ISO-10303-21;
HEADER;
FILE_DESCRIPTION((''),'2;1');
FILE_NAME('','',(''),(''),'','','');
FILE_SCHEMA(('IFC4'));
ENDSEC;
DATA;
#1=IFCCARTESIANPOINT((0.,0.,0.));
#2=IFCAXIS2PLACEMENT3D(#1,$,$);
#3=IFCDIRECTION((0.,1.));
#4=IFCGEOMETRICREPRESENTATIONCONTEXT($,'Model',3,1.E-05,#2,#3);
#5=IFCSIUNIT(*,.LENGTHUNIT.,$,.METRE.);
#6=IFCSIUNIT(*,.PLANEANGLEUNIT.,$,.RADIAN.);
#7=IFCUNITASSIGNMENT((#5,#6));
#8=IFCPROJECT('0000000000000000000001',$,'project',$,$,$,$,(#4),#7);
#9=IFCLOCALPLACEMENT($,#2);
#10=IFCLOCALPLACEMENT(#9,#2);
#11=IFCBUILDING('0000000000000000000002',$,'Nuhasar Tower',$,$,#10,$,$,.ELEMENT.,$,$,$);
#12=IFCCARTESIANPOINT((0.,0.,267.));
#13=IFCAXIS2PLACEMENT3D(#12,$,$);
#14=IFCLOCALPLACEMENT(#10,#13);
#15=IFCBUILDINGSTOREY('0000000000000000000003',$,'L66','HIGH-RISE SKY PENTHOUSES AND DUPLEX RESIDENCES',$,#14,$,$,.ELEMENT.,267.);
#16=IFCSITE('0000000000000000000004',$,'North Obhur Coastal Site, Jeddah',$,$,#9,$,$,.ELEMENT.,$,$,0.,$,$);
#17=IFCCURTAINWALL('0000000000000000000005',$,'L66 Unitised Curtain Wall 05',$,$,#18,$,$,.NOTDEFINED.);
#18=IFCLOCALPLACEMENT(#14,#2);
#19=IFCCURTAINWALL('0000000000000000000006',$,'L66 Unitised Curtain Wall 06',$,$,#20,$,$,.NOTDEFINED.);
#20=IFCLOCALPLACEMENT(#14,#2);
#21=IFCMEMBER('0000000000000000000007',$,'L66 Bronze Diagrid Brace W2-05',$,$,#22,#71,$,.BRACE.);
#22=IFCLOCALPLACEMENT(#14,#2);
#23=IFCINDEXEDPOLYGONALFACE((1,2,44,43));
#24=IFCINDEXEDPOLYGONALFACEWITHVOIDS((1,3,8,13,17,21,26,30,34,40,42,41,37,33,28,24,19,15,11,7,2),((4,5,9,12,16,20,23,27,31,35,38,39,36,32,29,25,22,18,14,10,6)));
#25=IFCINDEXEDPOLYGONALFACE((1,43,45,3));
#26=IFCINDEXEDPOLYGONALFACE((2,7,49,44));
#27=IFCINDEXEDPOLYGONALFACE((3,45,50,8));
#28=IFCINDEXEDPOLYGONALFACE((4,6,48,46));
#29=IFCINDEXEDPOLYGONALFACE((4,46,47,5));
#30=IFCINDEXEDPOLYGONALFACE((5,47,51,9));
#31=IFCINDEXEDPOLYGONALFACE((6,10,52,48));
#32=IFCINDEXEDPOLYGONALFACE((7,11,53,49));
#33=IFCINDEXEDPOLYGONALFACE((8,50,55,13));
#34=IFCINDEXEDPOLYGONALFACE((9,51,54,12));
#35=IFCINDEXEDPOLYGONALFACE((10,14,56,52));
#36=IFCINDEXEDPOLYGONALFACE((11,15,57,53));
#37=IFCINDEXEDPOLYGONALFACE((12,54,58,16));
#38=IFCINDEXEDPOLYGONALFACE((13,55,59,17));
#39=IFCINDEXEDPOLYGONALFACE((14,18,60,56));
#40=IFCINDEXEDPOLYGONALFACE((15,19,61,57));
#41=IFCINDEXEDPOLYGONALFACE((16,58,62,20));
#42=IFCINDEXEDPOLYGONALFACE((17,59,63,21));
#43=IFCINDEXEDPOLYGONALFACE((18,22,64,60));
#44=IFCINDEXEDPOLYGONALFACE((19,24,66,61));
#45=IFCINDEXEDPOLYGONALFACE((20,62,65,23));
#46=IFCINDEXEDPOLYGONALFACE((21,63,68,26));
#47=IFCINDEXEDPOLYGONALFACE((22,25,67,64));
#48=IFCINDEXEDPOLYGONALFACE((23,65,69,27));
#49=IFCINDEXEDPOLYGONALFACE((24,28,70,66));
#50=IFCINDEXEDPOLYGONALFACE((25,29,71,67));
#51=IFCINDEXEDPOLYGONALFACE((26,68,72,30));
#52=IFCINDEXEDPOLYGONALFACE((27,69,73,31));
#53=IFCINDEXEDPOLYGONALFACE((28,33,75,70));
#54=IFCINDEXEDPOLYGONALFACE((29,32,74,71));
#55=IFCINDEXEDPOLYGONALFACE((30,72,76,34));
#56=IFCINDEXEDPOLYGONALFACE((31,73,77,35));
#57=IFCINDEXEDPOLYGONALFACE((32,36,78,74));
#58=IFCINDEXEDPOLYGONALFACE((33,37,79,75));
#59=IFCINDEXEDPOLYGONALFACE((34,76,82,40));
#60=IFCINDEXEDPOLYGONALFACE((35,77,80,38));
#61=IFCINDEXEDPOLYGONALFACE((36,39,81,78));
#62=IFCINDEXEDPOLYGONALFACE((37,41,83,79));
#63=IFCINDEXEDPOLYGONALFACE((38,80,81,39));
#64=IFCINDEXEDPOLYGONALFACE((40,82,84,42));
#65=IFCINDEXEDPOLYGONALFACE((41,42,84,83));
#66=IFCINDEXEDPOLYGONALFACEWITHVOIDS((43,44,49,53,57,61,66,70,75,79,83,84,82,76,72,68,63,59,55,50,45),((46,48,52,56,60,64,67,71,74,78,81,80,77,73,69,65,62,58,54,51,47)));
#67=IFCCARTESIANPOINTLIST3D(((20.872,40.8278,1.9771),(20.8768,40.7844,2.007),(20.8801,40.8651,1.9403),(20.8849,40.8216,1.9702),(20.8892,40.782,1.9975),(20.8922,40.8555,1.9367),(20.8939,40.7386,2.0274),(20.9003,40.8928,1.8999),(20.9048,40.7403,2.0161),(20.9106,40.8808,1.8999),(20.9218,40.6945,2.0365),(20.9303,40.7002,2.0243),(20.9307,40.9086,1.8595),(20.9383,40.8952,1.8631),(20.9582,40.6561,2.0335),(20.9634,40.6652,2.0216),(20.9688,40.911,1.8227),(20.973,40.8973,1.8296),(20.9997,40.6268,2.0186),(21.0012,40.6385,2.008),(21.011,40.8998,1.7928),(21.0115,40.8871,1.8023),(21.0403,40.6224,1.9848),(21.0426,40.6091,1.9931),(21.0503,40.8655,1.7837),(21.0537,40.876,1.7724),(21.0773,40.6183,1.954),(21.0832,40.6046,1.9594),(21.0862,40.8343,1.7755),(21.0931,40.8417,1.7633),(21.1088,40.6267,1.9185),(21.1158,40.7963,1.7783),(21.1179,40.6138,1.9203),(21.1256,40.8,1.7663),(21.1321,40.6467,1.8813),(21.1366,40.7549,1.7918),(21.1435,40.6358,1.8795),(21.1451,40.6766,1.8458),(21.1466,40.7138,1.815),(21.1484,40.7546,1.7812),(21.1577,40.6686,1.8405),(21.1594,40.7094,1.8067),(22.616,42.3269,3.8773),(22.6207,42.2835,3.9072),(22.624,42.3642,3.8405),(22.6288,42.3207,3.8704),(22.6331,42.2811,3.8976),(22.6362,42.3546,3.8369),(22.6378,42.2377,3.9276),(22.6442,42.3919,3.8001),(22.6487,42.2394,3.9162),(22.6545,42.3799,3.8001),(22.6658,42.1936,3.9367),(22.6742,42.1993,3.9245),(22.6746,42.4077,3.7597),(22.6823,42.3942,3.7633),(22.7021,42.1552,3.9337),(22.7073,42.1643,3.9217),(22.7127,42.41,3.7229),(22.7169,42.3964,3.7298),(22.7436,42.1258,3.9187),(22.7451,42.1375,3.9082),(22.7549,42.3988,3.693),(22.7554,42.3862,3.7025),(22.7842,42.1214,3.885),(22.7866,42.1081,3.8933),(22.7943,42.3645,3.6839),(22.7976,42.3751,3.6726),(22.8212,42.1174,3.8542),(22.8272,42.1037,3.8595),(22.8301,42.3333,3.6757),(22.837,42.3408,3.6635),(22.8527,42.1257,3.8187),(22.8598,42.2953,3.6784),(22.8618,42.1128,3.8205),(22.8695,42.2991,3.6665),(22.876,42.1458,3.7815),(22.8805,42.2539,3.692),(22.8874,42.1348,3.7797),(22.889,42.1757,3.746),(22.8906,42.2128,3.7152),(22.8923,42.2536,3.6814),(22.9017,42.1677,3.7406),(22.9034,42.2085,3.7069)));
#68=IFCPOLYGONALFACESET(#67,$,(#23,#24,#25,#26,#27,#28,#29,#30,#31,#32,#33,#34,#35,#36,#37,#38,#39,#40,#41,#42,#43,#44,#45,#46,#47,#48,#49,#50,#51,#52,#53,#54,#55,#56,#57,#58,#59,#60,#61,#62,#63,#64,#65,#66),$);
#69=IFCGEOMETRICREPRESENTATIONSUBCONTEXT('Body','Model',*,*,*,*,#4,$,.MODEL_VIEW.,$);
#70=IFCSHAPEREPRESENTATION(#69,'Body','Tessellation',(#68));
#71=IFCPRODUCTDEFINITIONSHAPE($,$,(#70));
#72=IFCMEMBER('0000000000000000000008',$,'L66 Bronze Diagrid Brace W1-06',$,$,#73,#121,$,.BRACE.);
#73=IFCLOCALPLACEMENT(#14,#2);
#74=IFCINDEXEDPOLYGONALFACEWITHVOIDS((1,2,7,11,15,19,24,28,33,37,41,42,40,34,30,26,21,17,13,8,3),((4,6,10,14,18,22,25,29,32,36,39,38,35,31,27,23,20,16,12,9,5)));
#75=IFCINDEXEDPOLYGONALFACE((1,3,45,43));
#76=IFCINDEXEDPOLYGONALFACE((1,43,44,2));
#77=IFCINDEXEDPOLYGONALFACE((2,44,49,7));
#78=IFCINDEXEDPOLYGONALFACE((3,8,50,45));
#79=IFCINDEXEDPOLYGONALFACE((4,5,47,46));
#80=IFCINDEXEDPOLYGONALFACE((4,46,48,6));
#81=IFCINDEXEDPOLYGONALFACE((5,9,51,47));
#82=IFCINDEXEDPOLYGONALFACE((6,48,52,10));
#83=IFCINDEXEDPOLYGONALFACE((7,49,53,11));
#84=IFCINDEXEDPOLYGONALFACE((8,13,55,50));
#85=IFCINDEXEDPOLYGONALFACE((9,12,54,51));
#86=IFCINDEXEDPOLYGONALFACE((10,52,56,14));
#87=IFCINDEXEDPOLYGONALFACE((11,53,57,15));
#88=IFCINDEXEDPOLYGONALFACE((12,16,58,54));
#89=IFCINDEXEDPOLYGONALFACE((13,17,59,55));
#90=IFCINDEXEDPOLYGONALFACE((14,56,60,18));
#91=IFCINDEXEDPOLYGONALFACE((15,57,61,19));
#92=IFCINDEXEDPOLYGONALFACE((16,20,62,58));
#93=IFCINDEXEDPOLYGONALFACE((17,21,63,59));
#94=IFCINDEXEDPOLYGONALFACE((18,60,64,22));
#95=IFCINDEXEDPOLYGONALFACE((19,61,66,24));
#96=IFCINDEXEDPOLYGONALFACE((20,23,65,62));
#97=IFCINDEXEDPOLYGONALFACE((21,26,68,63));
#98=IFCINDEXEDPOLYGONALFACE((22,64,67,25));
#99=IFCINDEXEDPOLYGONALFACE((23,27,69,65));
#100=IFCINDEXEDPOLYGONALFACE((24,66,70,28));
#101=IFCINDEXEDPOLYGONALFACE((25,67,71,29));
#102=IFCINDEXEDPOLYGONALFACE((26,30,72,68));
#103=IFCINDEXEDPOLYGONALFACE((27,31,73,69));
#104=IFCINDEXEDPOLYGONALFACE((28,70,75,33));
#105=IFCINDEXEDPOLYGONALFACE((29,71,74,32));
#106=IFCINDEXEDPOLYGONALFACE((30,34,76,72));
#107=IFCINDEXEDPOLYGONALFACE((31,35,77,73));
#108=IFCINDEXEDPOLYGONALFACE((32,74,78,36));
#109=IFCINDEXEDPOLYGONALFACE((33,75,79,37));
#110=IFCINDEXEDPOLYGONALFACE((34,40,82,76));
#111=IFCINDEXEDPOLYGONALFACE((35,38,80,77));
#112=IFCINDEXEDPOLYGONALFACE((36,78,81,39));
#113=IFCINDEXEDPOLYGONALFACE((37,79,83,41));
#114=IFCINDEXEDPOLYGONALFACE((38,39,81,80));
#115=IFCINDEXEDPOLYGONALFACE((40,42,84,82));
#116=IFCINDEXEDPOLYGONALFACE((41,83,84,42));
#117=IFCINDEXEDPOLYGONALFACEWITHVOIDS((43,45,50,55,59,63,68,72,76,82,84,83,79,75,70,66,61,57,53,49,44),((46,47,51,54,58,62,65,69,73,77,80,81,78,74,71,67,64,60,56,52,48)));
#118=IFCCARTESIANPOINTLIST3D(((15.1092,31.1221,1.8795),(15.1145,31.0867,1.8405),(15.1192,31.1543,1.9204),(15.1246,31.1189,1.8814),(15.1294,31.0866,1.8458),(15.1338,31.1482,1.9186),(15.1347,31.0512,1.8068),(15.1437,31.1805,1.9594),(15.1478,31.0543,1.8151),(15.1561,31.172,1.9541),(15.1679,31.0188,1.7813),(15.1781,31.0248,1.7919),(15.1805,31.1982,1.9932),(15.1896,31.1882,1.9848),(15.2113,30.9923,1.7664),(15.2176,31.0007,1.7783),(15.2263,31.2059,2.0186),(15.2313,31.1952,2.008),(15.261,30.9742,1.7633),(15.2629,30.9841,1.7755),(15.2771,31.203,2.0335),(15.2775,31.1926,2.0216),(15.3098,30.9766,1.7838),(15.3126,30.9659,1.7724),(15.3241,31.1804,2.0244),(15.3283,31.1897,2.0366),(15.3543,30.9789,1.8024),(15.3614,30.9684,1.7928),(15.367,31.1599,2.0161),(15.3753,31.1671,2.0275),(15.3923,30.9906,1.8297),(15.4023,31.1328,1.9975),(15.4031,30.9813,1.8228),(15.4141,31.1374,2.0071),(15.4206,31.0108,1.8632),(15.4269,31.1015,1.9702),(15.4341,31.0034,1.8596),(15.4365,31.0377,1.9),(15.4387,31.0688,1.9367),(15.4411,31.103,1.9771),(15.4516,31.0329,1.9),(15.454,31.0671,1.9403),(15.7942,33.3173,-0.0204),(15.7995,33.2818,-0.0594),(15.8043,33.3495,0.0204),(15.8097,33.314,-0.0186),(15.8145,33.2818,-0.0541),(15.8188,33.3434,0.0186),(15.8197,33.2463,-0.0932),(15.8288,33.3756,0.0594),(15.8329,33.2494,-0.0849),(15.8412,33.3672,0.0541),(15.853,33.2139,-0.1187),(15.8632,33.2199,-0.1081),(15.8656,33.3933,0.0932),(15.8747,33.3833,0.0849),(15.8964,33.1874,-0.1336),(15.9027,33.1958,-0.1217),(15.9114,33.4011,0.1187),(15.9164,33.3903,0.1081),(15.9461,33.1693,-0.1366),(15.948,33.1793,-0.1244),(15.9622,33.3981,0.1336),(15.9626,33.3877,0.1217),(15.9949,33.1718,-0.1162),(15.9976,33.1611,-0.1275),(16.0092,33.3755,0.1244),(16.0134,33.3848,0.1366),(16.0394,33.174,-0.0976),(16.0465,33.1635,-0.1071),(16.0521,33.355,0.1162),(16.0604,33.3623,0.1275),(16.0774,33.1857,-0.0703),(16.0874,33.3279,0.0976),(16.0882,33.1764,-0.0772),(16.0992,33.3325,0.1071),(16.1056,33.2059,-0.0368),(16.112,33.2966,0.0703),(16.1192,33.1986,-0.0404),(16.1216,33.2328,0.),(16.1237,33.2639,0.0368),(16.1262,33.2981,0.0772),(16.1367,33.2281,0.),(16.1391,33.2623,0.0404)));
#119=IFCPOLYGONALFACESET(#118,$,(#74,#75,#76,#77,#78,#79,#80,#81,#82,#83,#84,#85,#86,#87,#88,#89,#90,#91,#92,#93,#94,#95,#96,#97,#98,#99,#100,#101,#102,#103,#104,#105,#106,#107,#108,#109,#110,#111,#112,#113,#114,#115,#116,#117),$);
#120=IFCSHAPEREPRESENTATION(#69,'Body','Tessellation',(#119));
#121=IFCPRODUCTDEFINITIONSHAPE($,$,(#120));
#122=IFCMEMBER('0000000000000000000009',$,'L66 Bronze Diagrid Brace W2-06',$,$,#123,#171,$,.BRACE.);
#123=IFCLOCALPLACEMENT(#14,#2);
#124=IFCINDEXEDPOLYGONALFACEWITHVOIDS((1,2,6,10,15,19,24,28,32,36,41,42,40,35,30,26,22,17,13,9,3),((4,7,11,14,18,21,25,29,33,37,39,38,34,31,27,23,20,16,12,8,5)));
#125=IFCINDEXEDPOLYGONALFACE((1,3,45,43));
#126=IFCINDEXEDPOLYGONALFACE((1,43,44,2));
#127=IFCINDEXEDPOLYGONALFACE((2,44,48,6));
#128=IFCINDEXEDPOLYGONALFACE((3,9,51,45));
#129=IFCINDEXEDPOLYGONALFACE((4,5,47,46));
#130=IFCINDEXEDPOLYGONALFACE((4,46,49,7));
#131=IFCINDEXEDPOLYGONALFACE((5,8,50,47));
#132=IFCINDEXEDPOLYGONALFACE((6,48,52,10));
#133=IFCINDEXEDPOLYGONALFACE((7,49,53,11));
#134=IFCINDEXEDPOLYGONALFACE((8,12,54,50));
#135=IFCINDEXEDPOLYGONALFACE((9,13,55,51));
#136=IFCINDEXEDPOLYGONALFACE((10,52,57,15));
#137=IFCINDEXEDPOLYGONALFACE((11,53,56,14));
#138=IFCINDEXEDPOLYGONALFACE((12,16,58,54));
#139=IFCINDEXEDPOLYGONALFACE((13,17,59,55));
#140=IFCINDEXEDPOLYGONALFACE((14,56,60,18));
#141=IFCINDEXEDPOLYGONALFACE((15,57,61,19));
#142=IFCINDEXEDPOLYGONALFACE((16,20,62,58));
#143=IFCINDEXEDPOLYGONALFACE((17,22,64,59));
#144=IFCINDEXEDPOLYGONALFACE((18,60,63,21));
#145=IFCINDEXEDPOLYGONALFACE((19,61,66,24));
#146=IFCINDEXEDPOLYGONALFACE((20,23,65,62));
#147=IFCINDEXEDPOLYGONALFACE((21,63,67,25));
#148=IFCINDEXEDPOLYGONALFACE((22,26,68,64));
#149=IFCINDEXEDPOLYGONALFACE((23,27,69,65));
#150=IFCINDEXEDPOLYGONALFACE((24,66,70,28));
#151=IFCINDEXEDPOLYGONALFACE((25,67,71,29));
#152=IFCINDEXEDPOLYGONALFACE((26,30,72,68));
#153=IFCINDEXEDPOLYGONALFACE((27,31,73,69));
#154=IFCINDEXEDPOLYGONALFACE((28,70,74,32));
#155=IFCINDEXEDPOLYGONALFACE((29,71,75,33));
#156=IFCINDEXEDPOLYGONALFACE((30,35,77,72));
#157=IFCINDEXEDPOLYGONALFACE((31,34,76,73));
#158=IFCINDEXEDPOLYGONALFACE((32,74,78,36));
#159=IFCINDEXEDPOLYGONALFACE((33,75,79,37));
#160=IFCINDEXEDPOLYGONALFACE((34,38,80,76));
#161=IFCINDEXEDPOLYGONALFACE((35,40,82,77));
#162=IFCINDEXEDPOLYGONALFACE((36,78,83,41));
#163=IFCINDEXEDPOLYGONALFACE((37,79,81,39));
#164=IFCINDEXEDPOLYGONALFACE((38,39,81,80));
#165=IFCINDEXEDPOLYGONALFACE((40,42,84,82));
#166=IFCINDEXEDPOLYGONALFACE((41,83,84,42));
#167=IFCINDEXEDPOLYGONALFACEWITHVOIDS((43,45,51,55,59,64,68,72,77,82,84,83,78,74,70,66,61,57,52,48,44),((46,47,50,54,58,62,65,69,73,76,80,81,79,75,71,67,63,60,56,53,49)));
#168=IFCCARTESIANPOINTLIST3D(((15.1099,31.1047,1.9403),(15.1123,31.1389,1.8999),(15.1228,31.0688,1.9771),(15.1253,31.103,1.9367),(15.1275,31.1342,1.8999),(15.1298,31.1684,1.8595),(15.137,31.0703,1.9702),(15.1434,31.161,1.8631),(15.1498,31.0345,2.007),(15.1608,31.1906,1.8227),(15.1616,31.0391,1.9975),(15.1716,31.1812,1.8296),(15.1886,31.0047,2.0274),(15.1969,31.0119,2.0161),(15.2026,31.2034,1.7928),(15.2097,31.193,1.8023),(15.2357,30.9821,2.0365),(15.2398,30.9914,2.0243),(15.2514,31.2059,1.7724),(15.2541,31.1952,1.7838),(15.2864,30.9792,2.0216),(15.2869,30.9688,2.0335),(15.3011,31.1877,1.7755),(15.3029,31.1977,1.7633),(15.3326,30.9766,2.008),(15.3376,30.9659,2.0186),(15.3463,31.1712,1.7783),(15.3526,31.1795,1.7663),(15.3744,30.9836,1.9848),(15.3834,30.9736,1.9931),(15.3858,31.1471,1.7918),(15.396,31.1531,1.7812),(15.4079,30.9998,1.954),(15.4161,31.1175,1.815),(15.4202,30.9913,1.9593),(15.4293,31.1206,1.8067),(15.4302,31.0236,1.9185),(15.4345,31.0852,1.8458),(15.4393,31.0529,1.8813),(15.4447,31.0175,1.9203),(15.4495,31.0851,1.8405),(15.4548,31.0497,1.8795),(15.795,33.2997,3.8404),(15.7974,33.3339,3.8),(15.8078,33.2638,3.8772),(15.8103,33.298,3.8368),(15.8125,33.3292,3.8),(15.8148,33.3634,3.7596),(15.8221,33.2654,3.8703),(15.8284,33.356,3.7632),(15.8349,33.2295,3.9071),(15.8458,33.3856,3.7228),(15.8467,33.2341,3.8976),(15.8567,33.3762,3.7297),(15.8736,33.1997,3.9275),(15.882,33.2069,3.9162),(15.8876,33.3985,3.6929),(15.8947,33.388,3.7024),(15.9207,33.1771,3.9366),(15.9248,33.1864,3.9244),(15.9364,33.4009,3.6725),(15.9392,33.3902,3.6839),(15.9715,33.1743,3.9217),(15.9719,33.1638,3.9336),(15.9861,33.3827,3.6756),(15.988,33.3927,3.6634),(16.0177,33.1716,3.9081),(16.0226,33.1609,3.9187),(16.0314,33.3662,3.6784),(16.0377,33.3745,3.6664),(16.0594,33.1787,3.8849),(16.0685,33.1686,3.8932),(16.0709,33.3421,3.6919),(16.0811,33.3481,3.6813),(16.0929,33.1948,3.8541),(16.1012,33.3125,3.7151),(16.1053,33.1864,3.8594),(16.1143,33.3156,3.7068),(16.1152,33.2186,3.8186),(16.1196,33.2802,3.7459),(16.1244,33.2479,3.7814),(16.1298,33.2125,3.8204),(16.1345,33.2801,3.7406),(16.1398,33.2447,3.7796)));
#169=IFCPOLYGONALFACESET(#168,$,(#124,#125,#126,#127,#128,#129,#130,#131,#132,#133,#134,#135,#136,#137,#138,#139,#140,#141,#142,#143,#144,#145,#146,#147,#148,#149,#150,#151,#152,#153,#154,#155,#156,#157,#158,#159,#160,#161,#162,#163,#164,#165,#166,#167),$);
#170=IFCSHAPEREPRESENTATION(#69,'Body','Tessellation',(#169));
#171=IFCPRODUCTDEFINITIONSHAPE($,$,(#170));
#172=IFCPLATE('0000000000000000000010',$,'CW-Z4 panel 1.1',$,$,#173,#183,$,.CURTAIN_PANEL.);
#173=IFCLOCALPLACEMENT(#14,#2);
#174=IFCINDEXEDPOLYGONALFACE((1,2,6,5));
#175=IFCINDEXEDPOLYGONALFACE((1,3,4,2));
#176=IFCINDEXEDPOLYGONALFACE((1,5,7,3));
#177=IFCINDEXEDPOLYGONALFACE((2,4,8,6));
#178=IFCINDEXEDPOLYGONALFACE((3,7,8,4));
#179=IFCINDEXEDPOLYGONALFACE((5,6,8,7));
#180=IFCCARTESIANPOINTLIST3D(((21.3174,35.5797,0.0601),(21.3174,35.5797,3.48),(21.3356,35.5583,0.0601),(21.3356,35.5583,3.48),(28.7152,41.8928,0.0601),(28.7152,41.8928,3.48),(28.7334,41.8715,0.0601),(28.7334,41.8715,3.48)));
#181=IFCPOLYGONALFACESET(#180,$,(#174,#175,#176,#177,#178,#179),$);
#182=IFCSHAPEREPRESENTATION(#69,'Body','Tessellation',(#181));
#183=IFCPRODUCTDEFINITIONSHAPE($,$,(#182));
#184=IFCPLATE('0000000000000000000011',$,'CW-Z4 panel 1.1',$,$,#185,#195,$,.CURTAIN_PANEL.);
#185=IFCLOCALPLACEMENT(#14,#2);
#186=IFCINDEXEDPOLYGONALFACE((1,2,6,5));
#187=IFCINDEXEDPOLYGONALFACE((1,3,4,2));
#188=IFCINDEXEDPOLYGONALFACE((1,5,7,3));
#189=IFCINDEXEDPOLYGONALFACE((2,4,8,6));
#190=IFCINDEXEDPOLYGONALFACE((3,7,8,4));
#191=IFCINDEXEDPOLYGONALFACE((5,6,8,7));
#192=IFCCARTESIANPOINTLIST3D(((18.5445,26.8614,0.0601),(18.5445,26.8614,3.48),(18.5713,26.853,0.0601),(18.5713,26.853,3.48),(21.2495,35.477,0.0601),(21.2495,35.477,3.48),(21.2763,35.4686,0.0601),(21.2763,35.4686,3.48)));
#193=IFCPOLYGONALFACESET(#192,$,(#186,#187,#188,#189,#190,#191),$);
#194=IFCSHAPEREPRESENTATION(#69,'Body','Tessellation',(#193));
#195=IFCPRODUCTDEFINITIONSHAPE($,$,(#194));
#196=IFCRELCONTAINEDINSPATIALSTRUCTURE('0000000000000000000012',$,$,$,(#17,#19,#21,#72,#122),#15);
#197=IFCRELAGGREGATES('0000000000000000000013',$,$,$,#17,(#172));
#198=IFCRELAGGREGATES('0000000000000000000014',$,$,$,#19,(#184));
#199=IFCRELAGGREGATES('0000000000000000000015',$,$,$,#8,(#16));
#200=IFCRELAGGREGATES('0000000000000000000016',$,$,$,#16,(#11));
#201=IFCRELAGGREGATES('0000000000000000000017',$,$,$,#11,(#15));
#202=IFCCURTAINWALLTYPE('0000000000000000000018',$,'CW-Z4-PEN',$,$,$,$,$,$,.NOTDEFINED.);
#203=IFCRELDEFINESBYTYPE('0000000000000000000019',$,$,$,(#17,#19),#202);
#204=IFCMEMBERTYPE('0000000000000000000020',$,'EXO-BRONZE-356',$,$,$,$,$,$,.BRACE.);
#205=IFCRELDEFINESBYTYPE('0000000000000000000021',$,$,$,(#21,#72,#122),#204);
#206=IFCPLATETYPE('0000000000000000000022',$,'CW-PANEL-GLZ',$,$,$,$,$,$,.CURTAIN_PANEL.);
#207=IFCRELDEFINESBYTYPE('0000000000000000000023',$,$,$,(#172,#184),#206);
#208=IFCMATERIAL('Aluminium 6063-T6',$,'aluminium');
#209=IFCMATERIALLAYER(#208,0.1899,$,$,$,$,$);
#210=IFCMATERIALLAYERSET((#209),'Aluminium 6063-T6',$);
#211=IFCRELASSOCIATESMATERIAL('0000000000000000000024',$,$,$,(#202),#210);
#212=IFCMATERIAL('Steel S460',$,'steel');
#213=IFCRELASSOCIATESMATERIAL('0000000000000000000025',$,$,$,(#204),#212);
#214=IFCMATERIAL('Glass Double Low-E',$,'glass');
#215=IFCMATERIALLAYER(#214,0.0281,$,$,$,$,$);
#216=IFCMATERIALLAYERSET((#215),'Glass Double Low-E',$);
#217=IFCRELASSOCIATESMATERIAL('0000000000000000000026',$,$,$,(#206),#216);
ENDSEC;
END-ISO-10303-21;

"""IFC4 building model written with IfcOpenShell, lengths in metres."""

from ifc_helpers import new_model, si_unit, direction, frame, origin, origin_2d, place, context, subcontext, project, spatial, rectangle, hollow_circle, extrude, material, layer, layer_set, material_profile, profile_set, type_object, element, aggregate, save


model = new_model("IFC4")

# Units and contexts
model_context = context("Model", 3, precision=1e-05, world=origin(), true_north=direction((0.0, 1.0)))
body_context = subcontext(model_context, "Body", "Model", "MODEL_VIEW")
ifc_project = project(units=[si_unit("LENGTHUNIT", "METRE"), si_unit("PLANEANGLEUNIT", "RADIAN")], contexts=[model_context])

# Site, building, storey
site_placement = place(None, origin())
site = spatial("IfcSite", under=ifc_project, at=site_placement, Name="North Obhur Coastal Site, Jeddah", CompositionType="ELEMENT", RefElevation=0.0)
building_placement = place(site_placement, origin())
building = spatial("IfcBuilding", under=site, at=building_placement, Name="Nuhasar Tower", CompositionType="ELEMENT")
storey_placement = place(building_placement, frame((0.0, 0.0, 267.0)))
storey = spatial("IfcBuildingStorey", under=building, at=storey_placement, Name="L66", Description="HIGH-RISE SKY PENTHOUSES AND DUPLEX RESIDENCES", CompositionType="ELEMENT", Elevation=267.0)

# Curtain wall
ifc_material_1 = material(Name="Aluminium 6063-T6", Category="aluminium")
ifc_layer_1 = layer(ifc_material_1, 0.1899)
ifc_layer_set_1 = layer_set([ifc_layer_1], Name="Aluminium 6063-T6")
curtain_wall_type = type_object("IfcCurtainWallType", Name="CW-Z4-PEN", PredefinedType="NOTDEFINED", material=ifc_layer_set_1)
curtain_wall_1_placement = place(storey_placement, origin())
curtain_wall_1 = element("IfcCurtainWall", 1, at=curtain_wall_1_placement, inside=storey, type_object=curtain_wall_type, Name="L66 Unitised Curtain Wall 05", PredefinedType="NOTDEFINED")

# Curtain wall
curtain_wall_2_placement = place(storey_placement, origin())
curtain_wall_2 = element("IfcCurtainWall", 2, at=curtain_wall_2_placement, inside=storey, type_object=curtain_wall_type, Name="L66 Unitised Curtain Wall 06", PredefinedType="NOTDEFINED")

# Members
ifc_material_2 = material(Name="Steel S460", Category="steel")
ifc_material_profile_1 = material_profile(ifc_material_2, hollow_circle(Radius=0.1777, WallThickness=0.0159, at=origin_2d()), Name="HSS355.6X15.9")
ifc_profile_set_1 = profile_set([ifc_material_profile_1], Name="Steel S460")
member_type_1 = type_object("IfcMemberType", Name="EXO-BRONZE-356", PredefinedType="BRACE", material=ifc_profile_set_1)
member_1_placement = place(storey_placement, frame((21.0161, 40.7581, 1.8999), z_axis=(0.584595, 0.502508, 0.636973), x_axis=(-0.651857, 0.758342, 0.0)))
element("IfcMember", 3, at=member_1_placement, inside=storey, type_object=member_type_1, Name="L66 Bronze Diagrid Brace W2-05", PredefinedType="BRACE", context=body_context, shape_type="SweptSolid", body=[
    extrude(hollow_circle(Radius=0.1777, WallThickness=0.0159, at=origin_2d()), origin(), (0.0, 0.0, 1.0), 2.9832),
])
for number, where, z_axis, x_axis, name in (
    (4, (15.967, 33.281, 0.0), (-0.229668, -0.735902, 0.636947), (0.954591, -0.297918, 0.0), "L66 Bronze Diagrid Brace W1-06"),
    (5, (15.282, 31.0859, 1.8999), (0.229656, 0.735864, 0.636995), (-0.954591, 0.297918, 0.0), "L66 Bronze Diagrid Brace W2-06"),
):
    element("IfcMember", number, at=place(storey_placement, frame(where, z_axis=z_axis, x_axis=x_axis)), inside=storey, type_object=member_type_1, Name=name, PredefinedType="BRACE", context=body_context, shape_type="SweptSolid", body=[
        extrude(hollow_circle(Radius=0.1777, WallThickness=0.0159, at=origin_2d()), origin(), (0.0, 0.0, 1.0), 2.9829),
    ])

# Plates
ifc_material_3 = material(Name="Glass Double Low-E", Category="glass")
ifc_layer_2 = layer(ifc_material_3, 0.0281)
ifc_layer_set_2 = layer_set([ifc_layer_2], Name="Glass Double Low-E")
plate_type = type_object("IfcPlateType", Name="CW-PANEL-GLZ", PredefinedType="CURTAIN_PANEL", material=ifc_layer_set_2)
plate_1_placement = place(storey_placement, frame((25.0254, 38.7256, 0.0601), z_axis=(0.0, 0.0, 1.0), x_axis=(-0.760667, -0.649142, 0.0)))
plate_1 = element("IfcPlate", 6, at=plate_1_placement, type_object=plate_type, Name="CW-Z4 panel 1.1", PredefinedType="CURTAIN_PANEL", context=body_context, shape_type="SweptSolid", body=[
    extrude(rectangle(XDim=9.7253, YDim=0.0281, at=origin_2d()), origin(), (0.0, 0.0, 1.0), 3.4199),
])
aggregate(curtain_wall_1, [plate_1])
plate_2_placement = place(storey_placement, frame((19.9104, 31.165, 0.0601), z_axis=(0.0, 0.0, 1.0), x_axis=(-0.299557, -0.954079, 0.0)))
plate_2 = element("IfcPlate", 7, at=plate_2_placement, type_object=plate_type, Name="CW-Z4 panel 1.1", PredefinedType="CURTAIN_PANEL", context=body_context, shape_type="SweptSolid", body=[
    extrude(rectangle(XDim=9.0303, YDim=0.0281, at=origin_2d()), origin(), (0.0, 0.0, 1.0), 3.4199),
])
aggregate(curtain_wall_2, [plate_2])

save(model, "model.ifc")
